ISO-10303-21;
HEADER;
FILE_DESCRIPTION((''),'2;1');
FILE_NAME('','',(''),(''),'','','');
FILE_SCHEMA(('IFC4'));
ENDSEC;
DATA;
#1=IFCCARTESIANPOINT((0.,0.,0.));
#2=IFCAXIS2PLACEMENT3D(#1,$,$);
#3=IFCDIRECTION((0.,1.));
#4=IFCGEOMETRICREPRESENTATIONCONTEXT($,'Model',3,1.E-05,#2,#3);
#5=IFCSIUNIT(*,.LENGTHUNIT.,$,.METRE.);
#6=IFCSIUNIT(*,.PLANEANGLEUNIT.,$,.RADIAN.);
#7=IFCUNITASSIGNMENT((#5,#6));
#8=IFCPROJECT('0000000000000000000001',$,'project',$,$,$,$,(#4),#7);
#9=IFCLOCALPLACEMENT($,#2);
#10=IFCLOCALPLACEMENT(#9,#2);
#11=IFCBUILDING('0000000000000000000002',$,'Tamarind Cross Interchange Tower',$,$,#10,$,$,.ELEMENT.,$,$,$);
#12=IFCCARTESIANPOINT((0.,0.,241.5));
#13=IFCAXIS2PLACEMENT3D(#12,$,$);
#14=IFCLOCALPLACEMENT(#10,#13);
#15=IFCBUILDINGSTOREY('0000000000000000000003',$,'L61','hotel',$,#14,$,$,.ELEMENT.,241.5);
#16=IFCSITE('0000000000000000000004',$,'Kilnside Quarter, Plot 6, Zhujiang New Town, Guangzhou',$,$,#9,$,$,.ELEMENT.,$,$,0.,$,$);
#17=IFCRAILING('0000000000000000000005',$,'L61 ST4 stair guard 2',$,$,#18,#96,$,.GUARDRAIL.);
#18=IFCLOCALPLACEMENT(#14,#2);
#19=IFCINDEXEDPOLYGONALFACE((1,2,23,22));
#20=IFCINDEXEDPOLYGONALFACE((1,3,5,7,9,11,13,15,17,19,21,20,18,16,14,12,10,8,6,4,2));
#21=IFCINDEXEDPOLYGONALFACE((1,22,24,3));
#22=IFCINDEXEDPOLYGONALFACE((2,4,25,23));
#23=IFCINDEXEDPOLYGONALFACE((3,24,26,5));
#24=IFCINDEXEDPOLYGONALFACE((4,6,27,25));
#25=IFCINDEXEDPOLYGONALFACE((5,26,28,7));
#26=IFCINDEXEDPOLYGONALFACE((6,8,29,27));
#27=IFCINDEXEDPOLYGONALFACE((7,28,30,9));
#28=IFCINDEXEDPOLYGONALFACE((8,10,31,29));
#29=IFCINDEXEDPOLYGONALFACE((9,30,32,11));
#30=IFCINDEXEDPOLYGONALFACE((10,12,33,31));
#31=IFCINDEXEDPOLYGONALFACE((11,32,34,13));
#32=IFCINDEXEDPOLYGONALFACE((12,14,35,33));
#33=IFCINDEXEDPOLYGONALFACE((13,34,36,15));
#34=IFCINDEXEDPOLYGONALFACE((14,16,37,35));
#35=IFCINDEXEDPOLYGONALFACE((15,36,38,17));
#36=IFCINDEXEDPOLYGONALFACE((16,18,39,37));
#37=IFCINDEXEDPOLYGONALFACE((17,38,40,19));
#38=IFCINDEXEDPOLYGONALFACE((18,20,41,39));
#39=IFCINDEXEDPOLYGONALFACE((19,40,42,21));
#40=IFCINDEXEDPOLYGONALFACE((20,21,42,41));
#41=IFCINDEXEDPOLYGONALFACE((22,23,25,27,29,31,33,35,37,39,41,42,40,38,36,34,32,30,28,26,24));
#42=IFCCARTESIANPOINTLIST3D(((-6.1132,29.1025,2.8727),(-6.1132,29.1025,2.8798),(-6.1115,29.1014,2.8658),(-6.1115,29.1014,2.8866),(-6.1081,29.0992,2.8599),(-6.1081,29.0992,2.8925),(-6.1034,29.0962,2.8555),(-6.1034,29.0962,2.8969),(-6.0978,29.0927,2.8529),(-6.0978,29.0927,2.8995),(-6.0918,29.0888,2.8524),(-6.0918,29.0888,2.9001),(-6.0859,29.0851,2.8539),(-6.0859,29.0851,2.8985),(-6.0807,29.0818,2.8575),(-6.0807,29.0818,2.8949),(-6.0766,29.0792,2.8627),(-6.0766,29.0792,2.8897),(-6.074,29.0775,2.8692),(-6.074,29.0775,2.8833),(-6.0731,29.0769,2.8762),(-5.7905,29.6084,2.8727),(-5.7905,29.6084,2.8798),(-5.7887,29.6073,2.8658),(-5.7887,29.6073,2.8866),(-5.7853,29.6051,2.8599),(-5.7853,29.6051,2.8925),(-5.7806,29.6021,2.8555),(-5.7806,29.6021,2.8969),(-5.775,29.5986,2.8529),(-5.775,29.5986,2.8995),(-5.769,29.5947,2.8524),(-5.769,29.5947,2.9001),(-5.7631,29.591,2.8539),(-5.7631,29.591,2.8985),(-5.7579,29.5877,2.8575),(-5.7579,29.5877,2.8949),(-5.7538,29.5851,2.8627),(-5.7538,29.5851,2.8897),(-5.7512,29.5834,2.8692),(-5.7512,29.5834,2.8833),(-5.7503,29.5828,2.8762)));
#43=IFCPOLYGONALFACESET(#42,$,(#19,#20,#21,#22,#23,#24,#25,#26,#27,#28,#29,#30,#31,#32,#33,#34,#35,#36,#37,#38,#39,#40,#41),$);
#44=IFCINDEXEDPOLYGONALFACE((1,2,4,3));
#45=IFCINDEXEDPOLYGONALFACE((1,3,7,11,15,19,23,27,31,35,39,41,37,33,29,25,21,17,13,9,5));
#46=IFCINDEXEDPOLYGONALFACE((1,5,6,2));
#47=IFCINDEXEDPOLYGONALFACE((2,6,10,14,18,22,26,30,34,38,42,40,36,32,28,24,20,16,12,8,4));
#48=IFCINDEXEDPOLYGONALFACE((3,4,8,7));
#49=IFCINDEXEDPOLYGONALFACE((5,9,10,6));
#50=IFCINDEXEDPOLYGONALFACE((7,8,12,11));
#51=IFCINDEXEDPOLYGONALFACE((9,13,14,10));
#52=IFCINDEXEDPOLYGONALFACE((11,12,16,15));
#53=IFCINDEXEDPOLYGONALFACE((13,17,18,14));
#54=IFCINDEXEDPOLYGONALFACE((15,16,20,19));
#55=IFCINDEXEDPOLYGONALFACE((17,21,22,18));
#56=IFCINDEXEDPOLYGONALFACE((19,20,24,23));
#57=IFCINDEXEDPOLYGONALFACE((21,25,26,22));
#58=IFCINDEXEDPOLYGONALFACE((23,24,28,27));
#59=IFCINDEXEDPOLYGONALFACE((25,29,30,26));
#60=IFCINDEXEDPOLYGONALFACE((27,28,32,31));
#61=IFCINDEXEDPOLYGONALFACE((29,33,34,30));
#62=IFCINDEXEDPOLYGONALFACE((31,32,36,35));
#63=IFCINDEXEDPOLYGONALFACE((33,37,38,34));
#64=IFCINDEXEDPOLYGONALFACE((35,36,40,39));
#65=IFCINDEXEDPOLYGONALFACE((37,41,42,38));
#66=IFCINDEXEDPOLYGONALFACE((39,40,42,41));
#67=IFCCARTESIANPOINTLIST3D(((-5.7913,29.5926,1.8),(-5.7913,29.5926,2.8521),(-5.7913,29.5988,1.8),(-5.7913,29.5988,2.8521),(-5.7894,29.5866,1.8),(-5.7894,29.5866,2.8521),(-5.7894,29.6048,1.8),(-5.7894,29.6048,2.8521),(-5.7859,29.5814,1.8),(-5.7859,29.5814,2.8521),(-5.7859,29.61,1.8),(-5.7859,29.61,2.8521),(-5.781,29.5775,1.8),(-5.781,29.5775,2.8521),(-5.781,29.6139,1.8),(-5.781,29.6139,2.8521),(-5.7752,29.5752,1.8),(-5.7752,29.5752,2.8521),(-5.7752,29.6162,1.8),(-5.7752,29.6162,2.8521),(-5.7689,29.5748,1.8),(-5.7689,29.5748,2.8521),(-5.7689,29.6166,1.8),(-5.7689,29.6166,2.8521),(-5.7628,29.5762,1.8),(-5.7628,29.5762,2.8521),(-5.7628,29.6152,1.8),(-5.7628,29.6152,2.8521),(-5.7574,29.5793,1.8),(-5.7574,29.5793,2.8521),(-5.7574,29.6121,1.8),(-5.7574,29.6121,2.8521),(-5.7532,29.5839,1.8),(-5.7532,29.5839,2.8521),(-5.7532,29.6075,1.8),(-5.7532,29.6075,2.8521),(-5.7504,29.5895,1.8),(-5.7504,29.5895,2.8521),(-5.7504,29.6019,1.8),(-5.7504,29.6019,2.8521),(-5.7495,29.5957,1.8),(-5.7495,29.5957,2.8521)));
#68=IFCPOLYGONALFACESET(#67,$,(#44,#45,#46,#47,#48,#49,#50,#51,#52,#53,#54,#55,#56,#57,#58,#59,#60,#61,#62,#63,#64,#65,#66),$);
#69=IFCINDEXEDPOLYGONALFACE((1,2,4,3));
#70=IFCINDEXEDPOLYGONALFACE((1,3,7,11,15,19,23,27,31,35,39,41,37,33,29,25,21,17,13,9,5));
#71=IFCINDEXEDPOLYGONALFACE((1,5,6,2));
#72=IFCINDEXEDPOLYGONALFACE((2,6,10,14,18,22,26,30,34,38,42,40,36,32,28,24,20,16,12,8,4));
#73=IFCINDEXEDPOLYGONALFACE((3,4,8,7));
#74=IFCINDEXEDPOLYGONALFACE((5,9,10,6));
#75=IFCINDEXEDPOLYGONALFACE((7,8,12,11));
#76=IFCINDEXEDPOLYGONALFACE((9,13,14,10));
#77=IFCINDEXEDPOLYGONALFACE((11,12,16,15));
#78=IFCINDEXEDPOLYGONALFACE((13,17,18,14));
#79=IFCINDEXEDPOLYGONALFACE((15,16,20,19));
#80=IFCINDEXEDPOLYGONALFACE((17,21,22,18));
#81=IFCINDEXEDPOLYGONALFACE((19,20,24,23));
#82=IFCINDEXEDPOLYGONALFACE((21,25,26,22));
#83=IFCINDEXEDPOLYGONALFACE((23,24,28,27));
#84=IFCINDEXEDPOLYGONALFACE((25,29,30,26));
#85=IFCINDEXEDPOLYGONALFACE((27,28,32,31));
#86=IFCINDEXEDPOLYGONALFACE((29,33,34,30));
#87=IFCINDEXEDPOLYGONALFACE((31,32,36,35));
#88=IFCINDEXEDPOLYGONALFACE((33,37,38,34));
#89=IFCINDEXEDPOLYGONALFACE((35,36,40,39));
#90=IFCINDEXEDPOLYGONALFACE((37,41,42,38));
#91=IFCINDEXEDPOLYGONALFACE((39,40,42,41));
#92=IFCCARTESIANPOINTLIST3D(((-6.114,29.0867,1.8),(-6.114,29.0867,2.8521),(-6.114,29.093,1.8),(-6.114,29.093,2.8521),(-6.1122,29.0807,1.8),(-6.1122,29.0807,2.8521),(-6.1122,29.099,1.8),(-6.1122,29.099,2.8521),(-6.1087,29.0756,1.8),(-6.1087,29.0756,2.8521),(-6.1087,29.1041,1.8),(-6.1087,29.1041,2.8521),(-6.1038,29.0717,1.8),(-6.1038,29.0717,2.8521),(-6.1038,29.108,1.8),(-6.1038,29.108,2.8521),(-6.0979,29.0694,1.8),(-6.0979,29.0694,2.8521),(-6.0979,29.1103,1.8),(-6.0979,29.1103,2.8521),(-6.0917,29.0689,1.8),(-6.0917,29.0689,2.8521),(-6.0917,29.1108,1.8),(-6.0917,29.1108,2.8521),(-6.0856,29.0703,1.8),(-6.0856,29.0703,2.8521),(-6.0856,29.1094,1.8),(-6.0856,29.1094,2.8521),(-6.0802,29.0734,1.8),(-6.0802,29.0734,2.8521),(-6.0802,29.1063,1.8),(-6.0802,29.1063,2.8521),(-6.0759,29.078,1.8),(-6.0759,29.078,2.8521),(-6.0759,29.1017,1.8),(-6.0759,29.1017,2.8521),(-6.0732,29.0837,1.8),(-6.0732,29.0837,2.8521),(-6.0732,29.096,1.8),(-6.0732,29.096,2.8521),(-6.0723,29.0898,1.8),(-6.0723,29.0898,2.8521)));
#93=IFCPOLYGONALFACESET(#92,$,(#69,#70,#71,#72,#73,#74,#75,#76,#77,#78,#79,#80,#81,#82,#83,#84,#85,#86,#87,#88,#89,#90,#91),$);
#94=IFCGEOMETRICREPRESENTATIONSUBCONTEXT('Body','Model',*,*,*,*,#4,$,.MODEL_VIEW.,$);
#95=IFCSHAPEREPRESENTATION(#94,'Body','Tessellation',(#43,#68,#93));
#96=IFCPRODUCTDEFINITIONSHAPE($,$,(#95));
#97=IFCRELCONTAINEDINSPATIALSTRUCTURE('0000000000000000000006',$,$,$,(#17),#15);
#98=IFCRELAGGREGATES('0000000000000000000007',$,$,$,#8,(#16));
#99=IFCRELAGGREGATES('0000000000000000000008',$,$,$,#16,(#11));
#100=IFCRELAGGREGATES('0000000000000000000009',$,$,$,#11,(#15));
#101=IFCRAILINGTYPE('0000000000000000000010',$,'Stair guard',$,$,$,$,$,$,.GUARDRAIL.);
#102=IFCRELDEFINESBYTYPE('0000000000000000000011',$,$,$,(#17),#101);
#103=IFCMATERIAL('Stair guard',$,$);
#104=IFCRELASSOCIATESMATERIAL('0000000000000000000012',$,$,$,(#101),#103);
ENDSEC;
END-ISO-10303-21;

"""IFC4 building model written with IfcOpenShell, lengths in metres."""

from ifc_helpers import new_model, si_unit, direction, frame, origin, origin_2d, place, context, subcontext, project, spatial, circle, extrude, material, type_object, element, save


model = new_model("IFC4")

# Units and contexts
model_context = context("Model", 3, precision=1e-05, world=origin(), true_north=direction((0.0, 1.0)))
body_context = subcontext(model_context, "Body", "Model", "MODEL_VIEW")
ifc_project = project(units=[si_unit("LENGTHUNIT", "METRE"), si_unit("PLANEANGLEUNIT", "RADIAN")], contexts=[model_context])

# Site, building, storey
site_placement = place(None, origin())
site = spatial("IfcSite", under=ifc_project, at=site_placement, Name="Kilnside Quarter, Plot 6, Zhujiang New Town, Guangzhou", CompositionType="ELEMENT", RefElevation=0.0)
building_placement = place(site_placement, origin())
building = spatial("IfcBuilding", under=site, at=building_placement, Name="Tamarind Cross Interchange Tower", CompositionType="ELEMENT")
storey_placement = place(building_placement, frame((0.0, 0.0, 241.5)))
storey = spatial("IfcBuildingStorey", under=building, at=storey_placement, Name="L61", Description="hotel", CompositionType="ELEMENT", Elevation=241.5)

# Railing
ifc_material_1 = material(Name="Stair guard")
railing_type_1 = type_object("IfcRailingType", Name="Stair guard", PredefinedType="GUARDRAIL", material=ifc_material_1)
railing_1_placement = place(storey_placement, frame((-5.7705, 29.5957, 1.8)))
element("IfcRailing", 1, at=railing_1_placement, inside=storey, type_object=railing_type_1, Name="L61 ST4 stair guard 2", PredefinedType="GUARDRAIL", context=body_context, shape_type="SweptSolid", body=[
    extrude(circle(Radius=0.0239, at=origin_2d()), frame((0.0, 0.0, 1.0762), z_axis=(-0.537876, -0.843024, 0.0), x_axis=(0.843024, -0.537876, 0.0)), (0.0, 0.0, 1.0), 0.6001),
    extrude(circle(Radius=0.021, at=origin_2d()), origin(), (0.0, 0.0, 1.0), 1.052),
    extrude(circle(Radius=0.021, at=origin_2d()), frame((-0.3228, -0.5059, 0.0)), (0.0, 0.0, 1.0), 1.052),
])

save(model, "model.ifc")
